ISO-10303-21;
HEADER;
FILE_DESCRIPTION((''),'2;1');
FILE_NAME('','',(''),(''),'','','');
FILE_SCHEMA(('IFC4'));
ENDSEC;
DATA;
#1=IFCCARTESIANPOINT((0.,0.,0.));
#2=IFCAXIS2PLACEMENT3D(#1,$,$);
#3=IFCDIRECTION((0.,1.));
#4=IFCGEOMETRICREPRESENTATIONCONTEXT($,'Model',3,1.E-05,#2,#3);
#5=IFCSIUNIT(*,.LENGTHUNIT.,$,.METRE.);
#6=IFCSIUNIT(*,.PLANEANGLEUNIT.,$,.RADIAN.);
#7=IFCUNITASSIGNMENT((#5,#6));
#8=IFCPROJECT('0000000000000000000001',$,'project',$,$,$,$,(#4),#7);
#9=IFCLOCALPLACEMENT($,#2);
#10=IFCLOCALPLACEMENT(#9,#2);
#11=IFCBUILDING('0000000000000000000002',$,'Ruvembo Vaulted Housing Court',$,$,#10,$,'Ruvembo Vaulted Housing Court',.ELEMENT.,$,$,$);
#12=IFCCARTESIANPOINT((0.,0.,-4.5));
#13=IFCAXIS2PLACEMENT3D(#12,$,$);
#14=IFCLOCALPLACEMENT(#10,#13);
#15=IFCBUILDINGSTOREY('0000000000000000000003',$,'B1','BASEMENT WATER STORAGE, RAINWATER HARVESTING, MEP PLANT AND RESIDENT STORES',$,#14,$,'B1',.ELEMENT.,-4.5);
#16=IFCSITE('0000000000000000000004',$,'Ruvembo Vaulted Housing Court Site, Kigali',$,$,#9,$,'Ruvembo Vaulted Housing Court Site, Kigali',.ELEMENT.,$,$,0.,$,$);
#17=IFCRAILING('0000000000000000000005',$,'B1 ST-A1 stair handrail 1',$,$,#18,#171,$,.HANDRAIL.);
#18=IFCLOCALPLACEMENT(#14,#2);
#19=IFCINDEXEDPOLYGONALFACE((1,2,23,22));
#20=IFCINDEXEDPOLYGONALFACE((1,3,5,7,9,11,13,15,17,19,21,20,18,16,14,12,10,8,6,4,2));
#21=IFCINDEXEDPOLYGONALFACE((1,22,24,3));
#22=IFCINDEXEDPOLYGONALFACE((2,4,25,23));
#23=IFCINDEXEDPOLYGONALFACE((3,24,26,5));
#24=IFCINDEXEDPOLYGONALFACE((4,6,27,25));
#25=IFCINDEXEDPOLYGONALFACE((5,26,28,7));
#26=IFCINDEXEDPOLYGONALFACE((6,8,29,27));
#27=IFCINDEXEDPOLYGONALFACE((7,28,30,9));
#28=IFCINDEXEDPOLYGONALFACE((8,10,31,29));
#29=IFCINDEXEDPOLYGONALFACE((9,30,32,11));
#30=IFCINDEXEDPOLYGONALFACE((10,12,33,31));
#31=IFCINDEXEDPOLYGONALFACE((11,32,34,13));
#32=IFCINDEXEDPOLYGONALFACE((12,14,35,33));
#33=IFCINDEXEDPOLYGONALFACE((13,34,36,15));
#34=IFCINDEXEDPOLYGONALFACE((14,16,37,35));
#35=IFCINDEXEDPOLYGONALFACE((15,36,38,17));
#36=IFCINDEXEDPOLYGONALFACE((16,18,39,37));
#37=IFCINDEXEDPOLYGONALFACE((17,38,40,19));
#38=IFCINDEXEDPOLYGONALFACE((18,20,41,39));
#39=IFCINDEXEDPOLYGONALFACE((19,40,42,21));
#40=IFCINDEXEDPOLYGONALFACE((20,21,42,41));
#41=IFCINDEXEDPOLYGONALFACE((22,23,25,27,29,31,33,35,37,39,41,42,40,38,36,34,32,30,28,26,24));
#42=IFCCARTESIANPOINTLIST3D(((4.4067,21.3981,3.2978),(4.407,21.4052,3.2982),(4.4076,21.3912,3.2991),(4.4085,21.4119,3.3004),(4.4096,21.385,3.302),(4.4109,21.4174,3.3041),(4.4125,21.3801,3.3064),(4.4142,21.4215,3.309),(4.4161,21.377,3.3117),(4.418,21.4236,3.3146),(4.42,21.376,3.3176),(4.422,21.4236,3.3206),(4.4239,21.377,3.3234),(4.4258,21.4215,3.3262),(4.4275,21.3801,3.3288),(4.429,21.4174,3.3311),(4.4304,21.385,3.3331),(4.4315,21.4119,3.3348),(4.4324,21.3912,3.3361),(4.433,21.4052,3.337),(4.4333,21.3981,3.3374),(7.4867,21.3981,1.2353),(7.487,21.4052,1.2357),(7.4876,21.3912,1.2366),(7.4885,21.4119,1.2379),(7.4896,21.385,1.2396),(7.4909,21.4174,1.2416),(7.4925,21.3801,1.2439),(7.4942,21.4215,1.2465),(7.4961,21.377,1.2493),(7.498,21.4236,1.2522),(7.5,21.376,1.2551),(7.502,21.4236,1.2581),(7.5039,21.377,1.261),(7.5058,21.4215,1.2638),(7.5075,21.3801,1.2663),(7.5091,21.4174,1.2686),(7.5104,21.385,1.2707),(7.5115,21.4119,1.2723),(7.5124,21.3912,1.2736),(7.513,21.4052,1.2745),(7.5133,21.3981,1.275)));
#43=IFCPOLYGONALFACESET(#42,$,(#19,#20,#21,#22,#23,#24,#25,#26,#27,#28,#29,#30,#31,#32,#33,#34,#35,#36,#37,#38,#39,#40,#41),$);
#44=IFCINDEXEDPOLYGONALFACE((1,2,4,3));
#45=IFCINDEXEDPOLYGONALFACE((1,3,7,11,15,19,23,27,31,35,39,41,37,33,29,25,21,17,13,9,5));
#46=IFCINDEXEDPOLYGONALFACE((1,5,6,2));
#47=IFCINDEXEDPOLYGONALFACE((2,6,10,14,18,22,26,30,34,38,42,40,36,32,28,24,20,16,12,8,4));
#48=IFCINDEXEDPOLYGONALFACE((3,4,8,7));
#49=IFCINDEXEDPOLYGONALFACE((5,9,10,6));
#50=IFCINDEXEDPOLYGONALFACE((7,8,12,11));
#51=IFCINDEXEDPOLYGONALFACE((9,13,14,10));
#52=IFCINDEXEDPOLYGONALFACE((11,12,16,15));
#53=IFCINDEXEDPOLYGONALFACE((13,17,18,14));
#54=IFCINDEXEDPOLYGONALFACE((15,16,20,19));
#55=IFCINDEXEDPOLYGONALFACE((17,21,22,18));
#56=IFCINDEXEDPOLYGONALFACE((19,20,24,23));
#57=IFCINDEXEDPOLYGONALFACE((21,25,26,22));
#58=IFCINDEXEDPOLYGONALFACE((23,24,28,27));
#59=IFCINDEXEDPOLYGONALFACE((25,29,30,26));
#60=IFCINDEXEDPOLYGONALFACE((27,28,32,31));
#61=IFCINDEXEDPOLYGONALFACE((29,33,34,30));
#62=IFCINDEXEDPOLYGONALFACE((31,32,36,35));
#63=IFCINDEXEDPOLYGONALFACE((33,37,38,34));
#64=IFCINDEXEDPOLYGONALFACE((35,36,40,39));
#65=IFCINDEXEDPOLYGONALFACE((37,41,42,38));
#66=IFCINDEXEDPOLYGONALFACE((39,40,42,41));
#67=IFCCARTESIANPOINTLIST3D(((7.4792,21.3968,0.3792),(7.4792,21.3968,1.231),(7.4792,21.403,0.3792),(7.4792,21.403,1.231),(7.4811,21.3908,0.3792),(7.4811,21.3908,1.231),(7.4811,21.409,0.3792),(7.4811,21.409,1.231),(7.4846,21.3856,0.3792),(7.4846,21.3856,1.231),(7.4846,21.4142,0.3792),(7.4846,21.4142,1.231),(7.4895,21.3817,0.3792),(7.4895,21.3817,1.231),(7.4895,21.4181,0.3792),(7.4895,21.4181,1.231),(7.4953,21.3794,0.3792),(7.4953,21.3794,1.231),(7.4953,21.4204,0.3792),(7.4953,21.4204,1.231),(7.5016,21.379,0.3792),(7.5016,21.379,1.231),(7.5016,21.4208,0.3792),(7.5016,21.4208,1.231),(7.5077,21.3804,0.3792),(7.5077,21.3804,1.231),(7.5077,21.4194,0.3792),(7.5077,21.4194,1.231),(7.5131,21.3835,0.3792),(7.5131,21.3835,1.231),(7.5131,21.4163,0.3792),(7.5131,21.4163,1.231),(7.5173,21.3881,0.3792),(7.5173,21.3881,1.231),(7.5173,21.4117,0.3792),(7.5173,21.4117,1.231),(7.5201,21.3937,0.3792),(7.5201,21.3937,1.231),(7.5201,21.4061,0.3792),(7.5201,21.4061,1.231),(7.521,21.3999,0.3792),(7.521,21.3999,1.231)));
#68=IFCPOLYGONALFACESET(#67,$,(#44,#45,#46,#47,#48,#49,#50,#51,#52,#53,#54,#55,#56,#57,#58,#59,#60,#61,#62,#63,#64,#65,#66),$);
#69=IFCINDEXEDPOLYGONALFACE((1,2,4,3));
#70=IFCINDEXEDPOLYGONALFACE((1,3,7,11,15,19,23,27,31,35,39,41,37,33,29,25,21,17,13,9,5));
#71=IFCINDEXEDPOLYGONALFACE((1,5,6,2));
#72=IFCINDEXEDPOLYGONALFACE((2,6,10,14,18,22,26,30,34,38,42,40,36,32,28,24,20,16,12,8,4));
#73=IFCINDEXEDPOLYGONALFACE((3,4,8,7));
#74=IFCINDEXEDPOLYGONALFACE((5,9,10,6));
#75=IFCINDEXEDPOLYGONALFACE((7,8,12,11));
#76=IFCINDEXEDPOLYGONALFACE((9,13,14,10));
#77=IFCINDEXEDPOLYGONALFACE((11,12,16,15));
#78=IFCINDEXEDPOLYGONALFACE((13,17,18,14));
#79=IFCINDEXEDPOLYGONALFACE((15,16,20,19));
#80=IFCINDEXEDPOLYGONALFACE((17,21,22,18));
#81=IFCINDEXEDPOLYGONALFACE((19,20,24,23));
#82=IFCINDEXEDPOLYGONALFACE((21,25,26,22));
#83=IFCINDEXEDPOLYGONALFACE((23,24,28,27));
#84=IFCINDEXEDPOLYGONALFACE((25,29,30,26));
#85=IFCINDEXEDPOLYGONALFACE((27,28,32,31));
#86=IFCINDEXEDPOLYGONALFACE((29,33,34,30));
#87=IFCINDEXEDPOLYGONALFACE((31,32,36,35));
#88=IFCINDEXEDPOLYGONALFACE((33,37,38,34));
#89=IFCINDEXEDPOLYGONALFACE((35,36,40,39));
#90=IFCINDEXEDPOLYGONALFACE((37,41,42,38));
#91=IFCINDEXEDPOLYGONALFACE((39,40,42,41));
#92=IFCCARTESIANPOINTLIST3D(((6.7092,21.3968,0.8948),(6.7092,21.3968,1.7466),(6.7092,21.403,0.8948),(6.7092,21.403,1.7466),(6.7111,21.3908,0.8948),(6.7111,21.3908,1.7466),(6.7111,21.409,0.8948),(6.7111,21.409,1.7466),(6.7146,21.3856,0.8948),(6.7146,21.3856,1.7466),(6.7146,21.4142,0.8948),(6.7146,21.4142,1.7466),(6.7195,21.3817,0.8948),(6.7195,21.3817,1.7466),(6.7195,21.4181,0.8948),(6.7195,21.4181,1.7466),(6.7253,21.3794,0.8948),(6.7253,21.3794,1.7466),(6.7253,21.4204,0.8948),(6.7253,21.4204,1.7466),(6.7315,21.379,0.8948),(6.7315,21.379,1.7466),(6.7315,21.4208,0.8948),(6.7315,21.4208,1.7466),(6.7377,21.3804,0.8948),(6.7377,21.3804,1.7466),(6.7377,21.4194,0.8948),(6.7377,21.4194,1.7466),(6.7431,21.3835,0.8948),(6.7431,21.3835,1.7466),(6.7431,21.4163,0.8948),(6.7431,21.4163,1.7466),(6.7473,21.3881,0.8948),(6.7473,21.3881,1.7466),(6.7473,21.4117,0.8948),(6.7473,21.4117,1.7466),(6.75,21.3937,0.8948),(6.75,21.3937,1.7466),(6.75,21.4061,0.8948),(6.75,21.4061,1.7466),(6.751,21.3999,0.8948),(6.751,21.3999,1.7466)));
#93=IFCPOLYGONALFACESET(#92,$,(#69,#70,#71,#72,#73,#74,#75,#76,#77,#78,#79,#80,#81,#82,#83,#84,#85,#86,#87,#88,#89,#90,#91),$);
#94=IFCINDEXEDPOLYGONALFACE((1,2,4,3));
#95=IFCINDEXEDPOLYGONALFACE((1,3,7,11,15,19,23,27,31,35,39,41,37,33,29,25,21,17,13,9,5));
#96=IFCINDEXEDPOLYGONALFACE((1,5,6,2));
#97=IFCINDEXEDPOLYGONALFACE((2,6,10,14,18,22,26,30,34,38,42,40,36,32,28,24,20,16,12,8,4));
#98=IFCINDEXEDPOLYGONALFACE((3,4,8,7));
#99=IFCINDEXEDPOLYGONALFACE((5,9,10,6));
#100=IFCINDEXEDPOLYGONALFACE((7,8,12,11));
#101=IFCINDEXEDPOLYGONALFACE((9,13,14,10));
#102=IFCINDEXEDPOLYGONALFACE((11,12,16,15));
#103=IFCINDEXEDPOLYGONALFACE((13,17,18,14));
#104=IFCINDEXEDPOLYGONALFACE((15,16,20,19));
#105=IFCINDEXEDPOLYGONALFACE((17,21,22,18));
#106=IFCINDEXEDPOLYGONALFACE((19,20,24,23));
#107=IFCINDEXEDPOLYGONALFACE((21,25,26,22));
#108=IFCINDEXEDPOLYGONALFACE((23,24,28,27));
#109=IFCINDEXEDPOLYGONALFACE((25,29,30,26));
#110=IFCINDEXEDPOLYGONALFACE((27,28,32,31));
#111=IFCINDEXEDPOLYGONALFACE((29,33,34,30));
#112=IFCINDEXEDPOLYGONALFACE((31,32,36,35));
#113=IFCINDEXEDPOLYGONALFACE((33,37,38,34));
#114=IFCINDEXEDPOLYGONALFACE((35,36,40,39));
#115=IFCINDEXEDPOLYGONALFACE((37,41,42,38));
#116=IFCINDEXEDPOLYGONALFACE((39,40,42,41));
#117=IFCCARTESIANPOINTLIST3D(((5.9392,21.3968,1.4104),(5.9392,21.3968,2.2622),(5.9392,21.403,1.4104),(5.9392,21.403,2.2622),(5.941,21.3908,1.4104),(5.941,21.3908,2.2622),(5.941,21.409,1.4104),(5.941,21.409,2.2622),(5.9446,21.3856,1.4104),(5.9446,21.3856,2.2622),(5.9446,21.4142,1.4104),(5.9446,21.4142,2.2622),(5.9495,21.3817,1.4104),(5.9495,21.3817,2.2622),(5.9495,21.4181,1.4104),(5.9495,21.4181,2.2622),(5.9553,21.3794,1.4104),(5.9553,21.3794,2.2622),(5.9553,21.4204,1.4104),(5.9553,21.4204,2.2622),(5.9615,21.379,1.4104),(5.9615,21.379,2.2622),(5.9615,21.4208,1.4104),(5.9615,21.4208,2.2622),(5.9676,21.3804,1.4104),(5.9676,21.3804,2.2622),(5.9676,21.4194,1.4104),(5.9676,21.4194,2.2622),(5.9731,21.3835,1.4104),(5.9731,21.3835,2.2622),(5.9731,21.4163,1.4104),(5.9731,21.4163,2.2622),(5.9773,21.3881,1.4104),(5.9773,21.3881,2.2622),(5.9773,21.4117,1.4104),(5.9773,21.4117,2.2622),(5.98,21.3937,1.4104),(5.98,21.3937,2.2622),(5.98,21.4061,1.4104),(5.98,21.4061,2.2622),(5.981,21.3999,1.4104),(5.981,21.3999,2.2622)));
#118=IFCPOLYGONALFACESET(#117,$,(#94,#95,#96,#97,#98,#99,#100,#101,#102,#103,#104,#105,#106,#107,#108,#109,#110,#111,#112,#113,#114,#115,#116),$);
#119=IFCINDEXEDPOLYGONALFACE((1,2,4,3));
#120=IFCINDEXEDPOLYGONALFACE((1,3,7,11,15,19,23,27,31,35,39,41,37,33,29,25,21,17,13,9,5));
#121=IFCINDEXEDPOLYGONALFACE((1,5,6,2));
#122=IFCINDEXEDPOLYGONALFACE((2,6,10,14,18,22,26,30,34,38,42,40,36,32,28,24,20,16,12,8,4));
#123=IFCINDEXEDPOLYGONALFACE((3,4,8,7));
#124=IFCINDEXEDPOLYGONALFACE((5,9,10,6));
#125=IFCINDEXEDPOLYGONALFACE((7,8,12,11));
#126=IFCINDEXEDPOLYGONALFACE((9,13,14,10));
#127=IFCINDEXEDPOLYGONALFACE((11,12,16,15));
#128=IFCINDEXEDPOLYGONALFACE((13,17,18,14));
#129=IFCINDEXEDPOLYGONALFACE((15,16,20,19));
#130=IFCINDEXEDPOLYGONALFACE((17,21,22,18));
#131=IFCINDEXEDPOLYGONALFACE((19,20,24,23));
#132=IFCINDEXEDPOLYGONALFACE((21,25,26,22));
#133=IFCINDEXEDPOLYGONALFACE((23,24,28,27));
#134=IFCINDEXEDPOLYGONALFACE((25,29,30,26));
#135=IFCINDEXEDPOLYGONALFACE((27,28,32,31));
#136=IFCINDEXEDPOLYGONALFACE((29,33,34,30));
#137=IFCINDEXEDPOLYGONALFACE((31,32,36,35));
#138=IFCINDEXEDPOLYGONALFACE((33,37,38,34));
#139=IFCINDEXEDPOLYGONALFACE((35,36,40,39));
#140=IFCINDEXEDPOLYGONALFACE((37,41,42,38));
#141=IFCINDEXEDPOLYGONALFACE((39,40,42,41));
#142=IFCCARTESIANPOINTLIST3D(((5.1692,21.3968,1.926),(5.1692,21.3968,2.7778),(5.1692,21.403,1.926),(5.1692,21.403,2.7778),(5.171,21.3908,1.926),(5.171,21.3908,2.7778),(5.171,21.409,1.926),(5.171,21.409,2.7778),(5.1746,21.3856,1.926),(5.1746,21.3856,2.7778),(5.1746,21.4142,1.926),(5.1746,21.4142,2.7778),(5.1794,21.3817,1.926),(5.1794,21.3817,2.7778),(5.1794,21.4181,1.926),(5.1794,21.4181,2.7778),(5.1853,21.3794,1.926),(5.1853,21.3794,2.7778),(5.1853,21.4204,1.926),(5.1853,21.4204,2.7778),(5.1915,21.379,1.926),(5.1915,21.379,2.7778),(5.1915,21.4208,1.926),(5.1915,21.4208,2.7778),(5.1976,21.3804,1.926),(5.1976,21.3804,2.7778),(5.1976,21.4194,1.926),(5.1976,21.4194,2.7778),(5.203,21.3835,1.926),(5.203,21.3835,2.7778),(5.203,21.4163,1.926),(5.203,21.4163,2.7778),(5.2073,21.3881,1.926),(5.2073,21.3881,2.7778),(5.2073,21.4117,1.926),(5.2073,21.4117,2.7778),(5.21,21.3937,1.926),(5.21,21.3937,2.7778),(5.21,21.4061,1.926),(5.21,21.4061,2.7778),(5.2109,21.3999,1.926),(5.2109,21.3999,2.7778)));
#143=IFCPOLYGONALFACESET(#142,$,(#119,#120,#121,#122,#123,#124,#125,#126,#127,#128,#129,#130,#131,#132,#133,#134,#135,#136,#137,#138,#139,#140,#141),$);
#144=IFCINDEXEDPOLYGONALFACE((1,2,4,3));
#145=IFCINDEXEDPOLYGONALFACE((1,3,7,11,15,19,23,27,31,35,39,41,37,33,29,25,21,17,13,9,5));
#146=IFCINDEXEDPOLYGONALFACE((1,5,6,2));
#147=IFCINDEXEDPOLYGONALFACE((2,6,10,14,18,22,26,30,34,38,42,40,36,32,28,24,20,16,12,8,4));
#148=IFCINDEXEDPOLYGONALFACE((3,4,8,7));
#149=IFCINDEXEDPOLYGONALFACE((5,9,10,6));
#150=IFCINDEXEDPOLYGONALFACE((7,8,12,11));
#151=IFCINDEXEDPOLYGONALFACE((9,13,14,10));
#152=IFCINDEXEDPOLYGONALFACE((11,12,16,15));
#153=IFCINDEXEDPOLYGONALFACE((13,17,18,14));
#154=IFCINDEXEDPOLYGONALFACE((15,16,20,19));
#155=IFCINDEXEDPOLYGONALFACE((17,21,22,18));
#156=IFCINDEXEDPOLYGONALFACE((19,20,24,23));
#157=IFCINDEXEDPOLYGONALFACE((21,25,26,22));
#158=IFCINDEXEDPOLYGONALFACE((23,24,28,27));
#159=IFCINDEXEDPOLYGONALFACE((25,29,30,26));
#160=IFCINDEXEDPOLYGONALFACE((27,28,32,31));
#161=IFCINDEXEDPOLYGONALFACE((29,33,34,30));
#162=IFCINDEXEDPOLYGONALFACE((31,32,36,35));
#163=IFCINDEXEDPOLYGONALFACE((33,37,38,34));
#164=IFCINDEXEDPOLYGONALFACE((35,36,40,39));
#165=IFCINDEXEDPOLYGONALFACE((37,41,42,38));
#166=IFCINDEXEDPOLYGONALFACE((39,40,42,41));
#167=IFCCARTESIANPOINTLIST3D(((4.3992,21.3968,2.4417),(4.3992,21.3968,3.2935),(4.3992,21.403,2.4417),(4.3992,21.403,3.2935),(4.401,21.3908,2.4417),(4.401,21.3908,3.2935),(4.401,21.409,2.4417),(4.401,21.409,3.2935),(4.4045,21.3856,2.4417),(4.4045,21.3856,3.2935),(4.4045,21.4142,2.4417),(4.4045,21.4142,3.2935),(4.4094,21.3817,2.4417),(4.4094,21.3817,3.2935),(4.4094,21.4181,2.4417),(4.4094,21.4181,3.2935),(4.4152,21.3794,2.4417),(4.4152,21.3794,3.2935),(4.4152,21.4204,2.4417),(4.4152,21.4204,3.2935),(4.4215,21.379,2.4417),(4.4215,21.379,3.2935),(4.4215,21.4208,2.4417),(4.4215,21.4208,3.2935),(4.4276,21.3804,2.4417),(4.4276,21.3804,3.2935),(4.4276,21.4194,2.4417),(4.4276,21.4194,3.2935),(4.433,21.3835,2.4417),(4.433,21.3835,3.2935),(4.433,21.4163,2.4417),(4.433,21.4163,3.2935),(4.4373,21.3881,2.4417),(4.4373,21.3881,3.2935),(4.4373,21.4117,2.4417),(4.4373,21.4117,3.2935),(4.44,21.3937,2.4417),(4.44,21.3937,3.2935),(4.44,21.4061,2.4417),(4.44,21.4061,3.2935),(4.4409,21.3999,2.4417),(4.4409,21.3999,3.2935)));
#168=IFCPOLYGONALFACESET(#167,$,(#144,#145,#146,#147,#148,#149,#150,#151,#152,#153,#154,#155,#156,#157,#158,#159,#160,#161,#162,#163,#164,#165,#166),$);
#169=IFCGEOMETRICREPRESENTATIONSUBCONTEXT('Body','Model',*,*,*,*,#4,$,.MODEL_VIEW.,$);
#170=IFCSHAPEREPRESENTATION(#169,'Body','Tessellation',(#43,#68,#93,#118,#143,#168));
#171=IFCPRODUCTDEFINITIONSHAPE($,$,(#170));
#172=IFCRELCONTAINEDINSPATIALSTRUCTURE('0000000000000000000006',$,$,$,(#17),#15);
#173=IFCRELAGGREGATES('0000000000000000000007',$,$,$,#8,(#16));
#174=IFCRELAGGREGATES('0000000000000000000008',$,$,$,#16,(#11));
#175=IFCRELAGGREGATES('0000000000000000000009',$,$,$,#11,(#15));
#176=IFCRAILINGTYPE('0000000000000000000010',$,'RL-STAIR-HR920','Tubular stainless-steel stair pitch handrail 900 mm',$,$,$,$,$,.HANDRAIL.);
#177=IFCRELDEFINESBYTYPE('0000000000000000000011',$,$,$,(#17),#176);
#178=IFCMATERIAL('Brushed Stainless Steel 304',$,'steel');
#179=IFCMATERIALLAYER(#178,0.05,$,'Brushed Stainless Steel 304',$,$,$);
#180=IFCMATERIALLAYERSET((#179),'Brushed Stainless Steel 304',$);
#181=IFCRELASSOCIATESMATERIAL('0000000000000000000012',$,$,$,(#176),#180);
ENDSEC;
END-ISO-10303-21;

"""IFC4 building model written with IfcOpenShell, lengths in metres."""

from ifc_helpers import new_model, si_unit, direction, frame, origin, origin_2d, place, context, subcontext, project, spatial, circle, extrude, material, layer, layer_set, type_object, element, save


model = new_model("IFC4")

# Units and contexts
model_context = context("Model", 3, precision=1e-05, world=origin(), true_north=direction((0.0, 1.0)))
body_context = subcontext(model_context, "Body", "Model", "MODEL_VIEW")
ifc_project = project(units=[si_unit("LENGTHUNIT", "METRE"), si_unit("PLANEANGLEUNIT", "RADIAN")], contexts=[model_context])

# Site, building, storey
site_placement = place(None, origin())
site = spatial("IfcSite", under=ifc_project, at=site_placement, Name="Ruvembo Vaulted Housing Court Site, Kigali", LongName="Ruvembo Vaulted Housing Court Site, Kigali", CompositionType="ELEMENT", RefElevation=0.0)
building_placement = place(site_placement, origin())
building = spatial("IfcBuilding", under=site, at=building_placement, Name="Ruvembo Vaulted Housing Court", LongName="Ruvembo Vaulted Housing Court", CompositionType="ELEMENT")
storey_placement = place(building_placement, frame((0.0, 0.0, -4.5)))
storey = spatial("IfcBuildingStorey", under=building, at=storey_placement, Name="B1", Description="BASEMENT WATER STORAGE, RAINWATER HARVESTING, MEP PLANT AND RESIDENT STORES", LongName="B1", CompositionType="ELEMENT", Elevation=-4.5)

# Railing
ifc_material_1 = material(Name="Brushed Stainless Steel 304", Category="steel")
ifc_layer_1 = layer(ifc_material_1, 0.05, Name="Brushed Stainless Steel 304")
ifc_layer_set_1 = layer_set([ifc_layer_1], Name="Brushed Stainless Steel 304")
railing_type_1 = type_object("IfcRailingType", Name="RL-STAIR-HR920", Description="Tubular stainless-steel stair pitch handrail 900 mm", PredefinedType="HANDRAIL", material=ifc_layer_set_1)
railing_1_placement = place(storey_placement, frame((7.5, 21.3999, 0.3792)))
element("IfcRailing", 1, at=railing_1_placement, inside=storey, type_object=railing_type_1, Name="B1 ST-A1 stair handrail 1", PredefinedType="HANDRAIL", context=body_context, shape_type="SweptSolid", body=[
    extrude(circle(Radius=0.0239, at=origin_2d()), frame((0.0, 0.0, 0.876), z_axis=(-0.830914, 0.0, 0.556401), x_axis=(0.0, -1.0, 0.0)), (0.0, 0.0, 1.0), 3.7068),
    extrude(circle(Radius=0.021, at=origin_2d()), origin(), (0.0, 0.0, 1.0), 0.8518),
    extrude(circle(Radius=0.021, at=origin_2d()), frame((-0.77, 0.0, 0.5156)), (0.0, 0.0, 1.0), 0.8518),
    extrude(circle(Radius=0.021, at=origin_2d()), frame((-1.54, 0.0, 1.0312)), (0.0, 0.0, 1.0), 0.8518),
    extrude(circle(Radius=0.021, at=origin_2d()), frame((-2.3101, 0.0, 1.5469)), (0.0, 0.0, 1.0), 0.8518),
    extrude(circle(Radius=0.021, at=origin_2d()), frame((-3.0801, 0.0, 2.0625)), (0.0, 0.0, 1.0), 0.8518),
])

save(model, "model.ifc")
